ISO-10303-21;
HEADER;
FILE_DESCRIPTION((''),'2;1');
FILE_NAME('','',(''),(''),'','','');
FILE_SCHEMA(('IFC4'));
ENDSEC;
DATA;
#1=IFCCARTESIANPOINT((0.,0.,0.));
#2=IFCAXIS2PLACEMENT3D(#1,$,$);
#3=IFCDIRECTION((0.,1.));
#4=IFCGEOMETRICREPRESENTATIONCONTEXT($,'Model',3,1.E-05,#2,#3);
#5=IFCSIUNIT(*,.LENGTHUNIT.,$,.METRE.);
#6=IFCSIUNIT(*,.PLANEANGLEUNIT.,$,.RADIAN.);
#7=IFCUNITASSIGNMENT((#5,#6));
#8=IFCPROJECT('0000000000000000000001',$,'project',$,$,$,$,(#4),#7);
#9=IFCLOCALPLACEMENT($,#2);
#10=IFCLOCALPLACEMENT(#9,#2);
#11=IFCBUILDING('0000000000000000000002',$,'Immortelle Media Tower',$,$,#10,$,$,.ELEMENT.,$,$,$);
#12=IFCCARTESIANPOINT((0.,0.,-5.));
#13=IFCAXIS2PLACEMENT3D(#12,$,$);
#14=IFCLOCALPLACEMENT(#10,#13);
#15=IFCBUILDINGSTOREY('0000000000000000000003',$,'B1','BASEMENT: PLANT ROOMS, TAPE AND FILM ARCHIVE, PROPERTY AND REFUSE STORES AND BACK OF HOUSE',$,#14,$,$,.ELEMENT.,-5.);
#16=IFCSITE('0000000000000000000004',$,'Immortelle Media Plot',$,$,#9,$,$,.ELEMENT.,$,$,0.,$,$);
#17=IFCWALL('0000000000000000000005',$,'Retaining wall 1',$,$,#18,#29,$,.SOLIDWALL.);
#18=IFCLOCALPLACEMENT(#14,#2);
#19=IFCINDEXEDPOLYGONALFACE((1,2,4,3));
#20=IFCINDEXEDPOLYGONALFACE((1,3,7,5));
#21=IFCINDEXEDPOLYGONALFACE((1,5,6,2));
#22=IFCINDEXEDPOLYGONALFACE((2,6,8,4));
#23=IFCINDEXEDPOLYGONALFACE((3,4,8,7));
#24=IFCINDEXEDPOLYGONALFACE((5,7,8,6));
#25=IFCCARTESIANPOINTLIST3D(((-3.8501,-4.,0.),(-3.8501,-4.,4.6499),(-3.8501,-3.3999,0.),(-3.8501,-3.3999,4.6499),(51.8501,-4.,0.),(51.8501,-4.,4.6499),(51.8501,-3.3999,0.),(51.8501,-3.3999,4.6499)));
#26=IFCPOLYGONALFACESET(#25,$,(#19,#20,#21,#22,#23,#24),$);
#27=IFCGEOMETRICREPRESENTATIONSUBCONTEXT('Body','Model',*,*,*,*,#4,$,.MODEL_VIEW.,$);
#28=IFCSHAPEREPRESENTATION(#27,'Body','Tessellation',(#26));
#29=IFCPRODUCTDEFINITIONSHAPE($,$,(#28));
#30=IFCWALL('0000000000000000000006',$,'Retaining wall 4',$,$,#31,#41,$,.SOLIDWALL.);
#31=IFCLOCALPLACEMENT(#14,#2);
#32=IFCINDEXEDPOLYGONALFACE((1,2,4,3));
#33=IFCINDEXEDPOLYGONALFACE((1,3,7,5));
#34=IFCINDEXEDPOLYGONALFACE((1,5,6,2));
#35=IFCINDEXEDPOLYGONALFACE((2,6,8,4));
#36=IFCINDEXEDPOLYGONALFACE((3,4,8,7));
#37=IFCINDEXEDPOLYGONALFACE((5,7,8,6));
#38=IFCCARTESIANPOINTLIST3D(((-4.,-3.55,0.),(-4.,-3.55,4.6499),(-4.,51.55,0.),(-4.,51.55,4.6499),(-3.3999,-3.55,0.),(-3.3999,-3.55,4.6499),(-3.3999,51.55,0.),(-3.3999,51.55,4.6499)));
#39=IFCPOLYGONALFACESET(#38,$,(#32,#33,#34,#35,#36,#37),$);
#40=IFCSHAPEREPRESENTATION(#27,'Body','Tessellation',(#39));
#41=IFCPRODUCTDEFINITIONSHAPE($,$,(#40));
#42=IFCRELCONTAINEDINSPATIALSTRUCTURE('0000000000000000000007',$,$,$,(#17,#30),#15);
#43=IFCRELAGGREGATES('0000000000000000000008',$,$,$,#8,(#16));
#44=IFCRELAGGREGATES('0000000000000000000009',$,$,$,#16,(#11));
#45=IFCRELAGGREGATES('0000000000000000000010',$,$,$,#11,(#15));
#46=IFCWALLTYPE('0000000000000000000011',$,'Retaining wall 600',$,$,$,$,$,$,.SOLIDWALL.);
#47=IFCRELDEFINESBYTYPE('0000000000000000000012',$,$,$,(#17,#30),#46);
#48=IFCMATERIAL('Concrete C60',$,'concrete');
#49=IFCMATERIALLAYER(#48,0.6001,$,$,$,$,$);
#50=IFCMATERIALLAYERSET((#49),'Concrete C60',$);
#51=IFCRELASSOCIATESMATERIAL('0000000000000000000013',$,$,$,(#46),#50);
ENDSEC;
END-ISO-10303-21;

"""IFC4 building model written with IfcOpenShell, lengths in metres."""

from ifc_helpers import new_model, si_unit, direction, frame, frame_2d, origin, place, context, subcontext, project, spatial, rectangle, extrude, material, layer, layer_set, type_object, element, save


model = new_model("IFC4")

# Units and contexts
model_context = context("Model", 3, precision=1e-05, world=origin(), true_north=direction((0.0, 1.0)))
body_context = subcontext(model_context, "Body", "Model", "MODEL_VIEW")
ifc_project = project(units=[si_unit("LENGTHUNIT", "METRE"), si_unit("PLANEANGLEUNIT", "RADIAN")], contexts=[model_context])

# Site, building, storey
site_placement = place(None, origin())
site = spatial("IfcSite", under=ifc_project, at=site_placement, Name="Immortelle Media Plot", CompositionType="ELEMENT", RefElevation=0.0)
building_placement = place(site_placement, origin())
building = spatial("IfcBuilding", under=site, at=building_placement, Name="Immortelle Media Tower", CompositionType="ELEMENT")
storey_placement = place(building_placement, frame((0.0, 0.0, -5.0)))
storey = spatial("IfcBuildingStorey", under=building, at=storey_placement, Name="B1", Description="BASEMENT: PLANT ROOMS, TAPE AND FILM ARCHIVE, PROPERTY AND REFUSE STORES AND BACK OF HOUSE", CompositionType="ELEMENT", Elevation=-5.0)

# Shared definitions
ifc_material_1 = material(Name="Concrete C60", Category="concrete")

# Walls
ifc_layer_1 = layer(ifc_material_1, 0.6001)
ifc_layer_set_1 = layer_set([ifc_layer_1], Name="Concrete C60")
wall_type_1 = type_object("IfcWallType", Name="Retaining wall 600", PredefinedType="SOLIDWALL", material=ifc_layer_set_1)
wall_1_placement = place(storey_placement, frame((-3.8501, -3.7, 0.0), z_axis=(0.0, 0.0, 1.0), x_axis=(1.0, 0.0, 0.0)))
element("IfcWall", 1, at=wall_1_placement, inside=storey, type_object=wall_type_1, Name="Retaining wall 1", PredefinedType="SOLIDWALL", context=body_context, shape_type="SweptSolid", body=[
    extrude(rectangle(XDim=55.7002, YDim=0.6001, at=frame_2d((27.8501, 0.0))), origin(), (0.0, 0.0, 1.0), 4.6499),
])
wall_2_placement = place(storey_placement, frame((-3.7, -3.55, 0.0), z_axis=(0.0, 0.0, 1.0), x_axis=(0.0, 1.0, 0.0)))
element("IfcWall", 2, at=wall_2_placement, inside=storey, type_object=wall_type_1, Name="Retaining wall 4", PredefinedType="SOLIDWALL", context=body_context, shape_type="SweptSolid", body=[
    extrude(rectangle(XDim=55.1001, YDim=0.6001, at=frame_2d((27.55, 0.0))), origin(), (0.0, 0.0, 1.0), 4.6499),
])

save(model, "model.ifc")
